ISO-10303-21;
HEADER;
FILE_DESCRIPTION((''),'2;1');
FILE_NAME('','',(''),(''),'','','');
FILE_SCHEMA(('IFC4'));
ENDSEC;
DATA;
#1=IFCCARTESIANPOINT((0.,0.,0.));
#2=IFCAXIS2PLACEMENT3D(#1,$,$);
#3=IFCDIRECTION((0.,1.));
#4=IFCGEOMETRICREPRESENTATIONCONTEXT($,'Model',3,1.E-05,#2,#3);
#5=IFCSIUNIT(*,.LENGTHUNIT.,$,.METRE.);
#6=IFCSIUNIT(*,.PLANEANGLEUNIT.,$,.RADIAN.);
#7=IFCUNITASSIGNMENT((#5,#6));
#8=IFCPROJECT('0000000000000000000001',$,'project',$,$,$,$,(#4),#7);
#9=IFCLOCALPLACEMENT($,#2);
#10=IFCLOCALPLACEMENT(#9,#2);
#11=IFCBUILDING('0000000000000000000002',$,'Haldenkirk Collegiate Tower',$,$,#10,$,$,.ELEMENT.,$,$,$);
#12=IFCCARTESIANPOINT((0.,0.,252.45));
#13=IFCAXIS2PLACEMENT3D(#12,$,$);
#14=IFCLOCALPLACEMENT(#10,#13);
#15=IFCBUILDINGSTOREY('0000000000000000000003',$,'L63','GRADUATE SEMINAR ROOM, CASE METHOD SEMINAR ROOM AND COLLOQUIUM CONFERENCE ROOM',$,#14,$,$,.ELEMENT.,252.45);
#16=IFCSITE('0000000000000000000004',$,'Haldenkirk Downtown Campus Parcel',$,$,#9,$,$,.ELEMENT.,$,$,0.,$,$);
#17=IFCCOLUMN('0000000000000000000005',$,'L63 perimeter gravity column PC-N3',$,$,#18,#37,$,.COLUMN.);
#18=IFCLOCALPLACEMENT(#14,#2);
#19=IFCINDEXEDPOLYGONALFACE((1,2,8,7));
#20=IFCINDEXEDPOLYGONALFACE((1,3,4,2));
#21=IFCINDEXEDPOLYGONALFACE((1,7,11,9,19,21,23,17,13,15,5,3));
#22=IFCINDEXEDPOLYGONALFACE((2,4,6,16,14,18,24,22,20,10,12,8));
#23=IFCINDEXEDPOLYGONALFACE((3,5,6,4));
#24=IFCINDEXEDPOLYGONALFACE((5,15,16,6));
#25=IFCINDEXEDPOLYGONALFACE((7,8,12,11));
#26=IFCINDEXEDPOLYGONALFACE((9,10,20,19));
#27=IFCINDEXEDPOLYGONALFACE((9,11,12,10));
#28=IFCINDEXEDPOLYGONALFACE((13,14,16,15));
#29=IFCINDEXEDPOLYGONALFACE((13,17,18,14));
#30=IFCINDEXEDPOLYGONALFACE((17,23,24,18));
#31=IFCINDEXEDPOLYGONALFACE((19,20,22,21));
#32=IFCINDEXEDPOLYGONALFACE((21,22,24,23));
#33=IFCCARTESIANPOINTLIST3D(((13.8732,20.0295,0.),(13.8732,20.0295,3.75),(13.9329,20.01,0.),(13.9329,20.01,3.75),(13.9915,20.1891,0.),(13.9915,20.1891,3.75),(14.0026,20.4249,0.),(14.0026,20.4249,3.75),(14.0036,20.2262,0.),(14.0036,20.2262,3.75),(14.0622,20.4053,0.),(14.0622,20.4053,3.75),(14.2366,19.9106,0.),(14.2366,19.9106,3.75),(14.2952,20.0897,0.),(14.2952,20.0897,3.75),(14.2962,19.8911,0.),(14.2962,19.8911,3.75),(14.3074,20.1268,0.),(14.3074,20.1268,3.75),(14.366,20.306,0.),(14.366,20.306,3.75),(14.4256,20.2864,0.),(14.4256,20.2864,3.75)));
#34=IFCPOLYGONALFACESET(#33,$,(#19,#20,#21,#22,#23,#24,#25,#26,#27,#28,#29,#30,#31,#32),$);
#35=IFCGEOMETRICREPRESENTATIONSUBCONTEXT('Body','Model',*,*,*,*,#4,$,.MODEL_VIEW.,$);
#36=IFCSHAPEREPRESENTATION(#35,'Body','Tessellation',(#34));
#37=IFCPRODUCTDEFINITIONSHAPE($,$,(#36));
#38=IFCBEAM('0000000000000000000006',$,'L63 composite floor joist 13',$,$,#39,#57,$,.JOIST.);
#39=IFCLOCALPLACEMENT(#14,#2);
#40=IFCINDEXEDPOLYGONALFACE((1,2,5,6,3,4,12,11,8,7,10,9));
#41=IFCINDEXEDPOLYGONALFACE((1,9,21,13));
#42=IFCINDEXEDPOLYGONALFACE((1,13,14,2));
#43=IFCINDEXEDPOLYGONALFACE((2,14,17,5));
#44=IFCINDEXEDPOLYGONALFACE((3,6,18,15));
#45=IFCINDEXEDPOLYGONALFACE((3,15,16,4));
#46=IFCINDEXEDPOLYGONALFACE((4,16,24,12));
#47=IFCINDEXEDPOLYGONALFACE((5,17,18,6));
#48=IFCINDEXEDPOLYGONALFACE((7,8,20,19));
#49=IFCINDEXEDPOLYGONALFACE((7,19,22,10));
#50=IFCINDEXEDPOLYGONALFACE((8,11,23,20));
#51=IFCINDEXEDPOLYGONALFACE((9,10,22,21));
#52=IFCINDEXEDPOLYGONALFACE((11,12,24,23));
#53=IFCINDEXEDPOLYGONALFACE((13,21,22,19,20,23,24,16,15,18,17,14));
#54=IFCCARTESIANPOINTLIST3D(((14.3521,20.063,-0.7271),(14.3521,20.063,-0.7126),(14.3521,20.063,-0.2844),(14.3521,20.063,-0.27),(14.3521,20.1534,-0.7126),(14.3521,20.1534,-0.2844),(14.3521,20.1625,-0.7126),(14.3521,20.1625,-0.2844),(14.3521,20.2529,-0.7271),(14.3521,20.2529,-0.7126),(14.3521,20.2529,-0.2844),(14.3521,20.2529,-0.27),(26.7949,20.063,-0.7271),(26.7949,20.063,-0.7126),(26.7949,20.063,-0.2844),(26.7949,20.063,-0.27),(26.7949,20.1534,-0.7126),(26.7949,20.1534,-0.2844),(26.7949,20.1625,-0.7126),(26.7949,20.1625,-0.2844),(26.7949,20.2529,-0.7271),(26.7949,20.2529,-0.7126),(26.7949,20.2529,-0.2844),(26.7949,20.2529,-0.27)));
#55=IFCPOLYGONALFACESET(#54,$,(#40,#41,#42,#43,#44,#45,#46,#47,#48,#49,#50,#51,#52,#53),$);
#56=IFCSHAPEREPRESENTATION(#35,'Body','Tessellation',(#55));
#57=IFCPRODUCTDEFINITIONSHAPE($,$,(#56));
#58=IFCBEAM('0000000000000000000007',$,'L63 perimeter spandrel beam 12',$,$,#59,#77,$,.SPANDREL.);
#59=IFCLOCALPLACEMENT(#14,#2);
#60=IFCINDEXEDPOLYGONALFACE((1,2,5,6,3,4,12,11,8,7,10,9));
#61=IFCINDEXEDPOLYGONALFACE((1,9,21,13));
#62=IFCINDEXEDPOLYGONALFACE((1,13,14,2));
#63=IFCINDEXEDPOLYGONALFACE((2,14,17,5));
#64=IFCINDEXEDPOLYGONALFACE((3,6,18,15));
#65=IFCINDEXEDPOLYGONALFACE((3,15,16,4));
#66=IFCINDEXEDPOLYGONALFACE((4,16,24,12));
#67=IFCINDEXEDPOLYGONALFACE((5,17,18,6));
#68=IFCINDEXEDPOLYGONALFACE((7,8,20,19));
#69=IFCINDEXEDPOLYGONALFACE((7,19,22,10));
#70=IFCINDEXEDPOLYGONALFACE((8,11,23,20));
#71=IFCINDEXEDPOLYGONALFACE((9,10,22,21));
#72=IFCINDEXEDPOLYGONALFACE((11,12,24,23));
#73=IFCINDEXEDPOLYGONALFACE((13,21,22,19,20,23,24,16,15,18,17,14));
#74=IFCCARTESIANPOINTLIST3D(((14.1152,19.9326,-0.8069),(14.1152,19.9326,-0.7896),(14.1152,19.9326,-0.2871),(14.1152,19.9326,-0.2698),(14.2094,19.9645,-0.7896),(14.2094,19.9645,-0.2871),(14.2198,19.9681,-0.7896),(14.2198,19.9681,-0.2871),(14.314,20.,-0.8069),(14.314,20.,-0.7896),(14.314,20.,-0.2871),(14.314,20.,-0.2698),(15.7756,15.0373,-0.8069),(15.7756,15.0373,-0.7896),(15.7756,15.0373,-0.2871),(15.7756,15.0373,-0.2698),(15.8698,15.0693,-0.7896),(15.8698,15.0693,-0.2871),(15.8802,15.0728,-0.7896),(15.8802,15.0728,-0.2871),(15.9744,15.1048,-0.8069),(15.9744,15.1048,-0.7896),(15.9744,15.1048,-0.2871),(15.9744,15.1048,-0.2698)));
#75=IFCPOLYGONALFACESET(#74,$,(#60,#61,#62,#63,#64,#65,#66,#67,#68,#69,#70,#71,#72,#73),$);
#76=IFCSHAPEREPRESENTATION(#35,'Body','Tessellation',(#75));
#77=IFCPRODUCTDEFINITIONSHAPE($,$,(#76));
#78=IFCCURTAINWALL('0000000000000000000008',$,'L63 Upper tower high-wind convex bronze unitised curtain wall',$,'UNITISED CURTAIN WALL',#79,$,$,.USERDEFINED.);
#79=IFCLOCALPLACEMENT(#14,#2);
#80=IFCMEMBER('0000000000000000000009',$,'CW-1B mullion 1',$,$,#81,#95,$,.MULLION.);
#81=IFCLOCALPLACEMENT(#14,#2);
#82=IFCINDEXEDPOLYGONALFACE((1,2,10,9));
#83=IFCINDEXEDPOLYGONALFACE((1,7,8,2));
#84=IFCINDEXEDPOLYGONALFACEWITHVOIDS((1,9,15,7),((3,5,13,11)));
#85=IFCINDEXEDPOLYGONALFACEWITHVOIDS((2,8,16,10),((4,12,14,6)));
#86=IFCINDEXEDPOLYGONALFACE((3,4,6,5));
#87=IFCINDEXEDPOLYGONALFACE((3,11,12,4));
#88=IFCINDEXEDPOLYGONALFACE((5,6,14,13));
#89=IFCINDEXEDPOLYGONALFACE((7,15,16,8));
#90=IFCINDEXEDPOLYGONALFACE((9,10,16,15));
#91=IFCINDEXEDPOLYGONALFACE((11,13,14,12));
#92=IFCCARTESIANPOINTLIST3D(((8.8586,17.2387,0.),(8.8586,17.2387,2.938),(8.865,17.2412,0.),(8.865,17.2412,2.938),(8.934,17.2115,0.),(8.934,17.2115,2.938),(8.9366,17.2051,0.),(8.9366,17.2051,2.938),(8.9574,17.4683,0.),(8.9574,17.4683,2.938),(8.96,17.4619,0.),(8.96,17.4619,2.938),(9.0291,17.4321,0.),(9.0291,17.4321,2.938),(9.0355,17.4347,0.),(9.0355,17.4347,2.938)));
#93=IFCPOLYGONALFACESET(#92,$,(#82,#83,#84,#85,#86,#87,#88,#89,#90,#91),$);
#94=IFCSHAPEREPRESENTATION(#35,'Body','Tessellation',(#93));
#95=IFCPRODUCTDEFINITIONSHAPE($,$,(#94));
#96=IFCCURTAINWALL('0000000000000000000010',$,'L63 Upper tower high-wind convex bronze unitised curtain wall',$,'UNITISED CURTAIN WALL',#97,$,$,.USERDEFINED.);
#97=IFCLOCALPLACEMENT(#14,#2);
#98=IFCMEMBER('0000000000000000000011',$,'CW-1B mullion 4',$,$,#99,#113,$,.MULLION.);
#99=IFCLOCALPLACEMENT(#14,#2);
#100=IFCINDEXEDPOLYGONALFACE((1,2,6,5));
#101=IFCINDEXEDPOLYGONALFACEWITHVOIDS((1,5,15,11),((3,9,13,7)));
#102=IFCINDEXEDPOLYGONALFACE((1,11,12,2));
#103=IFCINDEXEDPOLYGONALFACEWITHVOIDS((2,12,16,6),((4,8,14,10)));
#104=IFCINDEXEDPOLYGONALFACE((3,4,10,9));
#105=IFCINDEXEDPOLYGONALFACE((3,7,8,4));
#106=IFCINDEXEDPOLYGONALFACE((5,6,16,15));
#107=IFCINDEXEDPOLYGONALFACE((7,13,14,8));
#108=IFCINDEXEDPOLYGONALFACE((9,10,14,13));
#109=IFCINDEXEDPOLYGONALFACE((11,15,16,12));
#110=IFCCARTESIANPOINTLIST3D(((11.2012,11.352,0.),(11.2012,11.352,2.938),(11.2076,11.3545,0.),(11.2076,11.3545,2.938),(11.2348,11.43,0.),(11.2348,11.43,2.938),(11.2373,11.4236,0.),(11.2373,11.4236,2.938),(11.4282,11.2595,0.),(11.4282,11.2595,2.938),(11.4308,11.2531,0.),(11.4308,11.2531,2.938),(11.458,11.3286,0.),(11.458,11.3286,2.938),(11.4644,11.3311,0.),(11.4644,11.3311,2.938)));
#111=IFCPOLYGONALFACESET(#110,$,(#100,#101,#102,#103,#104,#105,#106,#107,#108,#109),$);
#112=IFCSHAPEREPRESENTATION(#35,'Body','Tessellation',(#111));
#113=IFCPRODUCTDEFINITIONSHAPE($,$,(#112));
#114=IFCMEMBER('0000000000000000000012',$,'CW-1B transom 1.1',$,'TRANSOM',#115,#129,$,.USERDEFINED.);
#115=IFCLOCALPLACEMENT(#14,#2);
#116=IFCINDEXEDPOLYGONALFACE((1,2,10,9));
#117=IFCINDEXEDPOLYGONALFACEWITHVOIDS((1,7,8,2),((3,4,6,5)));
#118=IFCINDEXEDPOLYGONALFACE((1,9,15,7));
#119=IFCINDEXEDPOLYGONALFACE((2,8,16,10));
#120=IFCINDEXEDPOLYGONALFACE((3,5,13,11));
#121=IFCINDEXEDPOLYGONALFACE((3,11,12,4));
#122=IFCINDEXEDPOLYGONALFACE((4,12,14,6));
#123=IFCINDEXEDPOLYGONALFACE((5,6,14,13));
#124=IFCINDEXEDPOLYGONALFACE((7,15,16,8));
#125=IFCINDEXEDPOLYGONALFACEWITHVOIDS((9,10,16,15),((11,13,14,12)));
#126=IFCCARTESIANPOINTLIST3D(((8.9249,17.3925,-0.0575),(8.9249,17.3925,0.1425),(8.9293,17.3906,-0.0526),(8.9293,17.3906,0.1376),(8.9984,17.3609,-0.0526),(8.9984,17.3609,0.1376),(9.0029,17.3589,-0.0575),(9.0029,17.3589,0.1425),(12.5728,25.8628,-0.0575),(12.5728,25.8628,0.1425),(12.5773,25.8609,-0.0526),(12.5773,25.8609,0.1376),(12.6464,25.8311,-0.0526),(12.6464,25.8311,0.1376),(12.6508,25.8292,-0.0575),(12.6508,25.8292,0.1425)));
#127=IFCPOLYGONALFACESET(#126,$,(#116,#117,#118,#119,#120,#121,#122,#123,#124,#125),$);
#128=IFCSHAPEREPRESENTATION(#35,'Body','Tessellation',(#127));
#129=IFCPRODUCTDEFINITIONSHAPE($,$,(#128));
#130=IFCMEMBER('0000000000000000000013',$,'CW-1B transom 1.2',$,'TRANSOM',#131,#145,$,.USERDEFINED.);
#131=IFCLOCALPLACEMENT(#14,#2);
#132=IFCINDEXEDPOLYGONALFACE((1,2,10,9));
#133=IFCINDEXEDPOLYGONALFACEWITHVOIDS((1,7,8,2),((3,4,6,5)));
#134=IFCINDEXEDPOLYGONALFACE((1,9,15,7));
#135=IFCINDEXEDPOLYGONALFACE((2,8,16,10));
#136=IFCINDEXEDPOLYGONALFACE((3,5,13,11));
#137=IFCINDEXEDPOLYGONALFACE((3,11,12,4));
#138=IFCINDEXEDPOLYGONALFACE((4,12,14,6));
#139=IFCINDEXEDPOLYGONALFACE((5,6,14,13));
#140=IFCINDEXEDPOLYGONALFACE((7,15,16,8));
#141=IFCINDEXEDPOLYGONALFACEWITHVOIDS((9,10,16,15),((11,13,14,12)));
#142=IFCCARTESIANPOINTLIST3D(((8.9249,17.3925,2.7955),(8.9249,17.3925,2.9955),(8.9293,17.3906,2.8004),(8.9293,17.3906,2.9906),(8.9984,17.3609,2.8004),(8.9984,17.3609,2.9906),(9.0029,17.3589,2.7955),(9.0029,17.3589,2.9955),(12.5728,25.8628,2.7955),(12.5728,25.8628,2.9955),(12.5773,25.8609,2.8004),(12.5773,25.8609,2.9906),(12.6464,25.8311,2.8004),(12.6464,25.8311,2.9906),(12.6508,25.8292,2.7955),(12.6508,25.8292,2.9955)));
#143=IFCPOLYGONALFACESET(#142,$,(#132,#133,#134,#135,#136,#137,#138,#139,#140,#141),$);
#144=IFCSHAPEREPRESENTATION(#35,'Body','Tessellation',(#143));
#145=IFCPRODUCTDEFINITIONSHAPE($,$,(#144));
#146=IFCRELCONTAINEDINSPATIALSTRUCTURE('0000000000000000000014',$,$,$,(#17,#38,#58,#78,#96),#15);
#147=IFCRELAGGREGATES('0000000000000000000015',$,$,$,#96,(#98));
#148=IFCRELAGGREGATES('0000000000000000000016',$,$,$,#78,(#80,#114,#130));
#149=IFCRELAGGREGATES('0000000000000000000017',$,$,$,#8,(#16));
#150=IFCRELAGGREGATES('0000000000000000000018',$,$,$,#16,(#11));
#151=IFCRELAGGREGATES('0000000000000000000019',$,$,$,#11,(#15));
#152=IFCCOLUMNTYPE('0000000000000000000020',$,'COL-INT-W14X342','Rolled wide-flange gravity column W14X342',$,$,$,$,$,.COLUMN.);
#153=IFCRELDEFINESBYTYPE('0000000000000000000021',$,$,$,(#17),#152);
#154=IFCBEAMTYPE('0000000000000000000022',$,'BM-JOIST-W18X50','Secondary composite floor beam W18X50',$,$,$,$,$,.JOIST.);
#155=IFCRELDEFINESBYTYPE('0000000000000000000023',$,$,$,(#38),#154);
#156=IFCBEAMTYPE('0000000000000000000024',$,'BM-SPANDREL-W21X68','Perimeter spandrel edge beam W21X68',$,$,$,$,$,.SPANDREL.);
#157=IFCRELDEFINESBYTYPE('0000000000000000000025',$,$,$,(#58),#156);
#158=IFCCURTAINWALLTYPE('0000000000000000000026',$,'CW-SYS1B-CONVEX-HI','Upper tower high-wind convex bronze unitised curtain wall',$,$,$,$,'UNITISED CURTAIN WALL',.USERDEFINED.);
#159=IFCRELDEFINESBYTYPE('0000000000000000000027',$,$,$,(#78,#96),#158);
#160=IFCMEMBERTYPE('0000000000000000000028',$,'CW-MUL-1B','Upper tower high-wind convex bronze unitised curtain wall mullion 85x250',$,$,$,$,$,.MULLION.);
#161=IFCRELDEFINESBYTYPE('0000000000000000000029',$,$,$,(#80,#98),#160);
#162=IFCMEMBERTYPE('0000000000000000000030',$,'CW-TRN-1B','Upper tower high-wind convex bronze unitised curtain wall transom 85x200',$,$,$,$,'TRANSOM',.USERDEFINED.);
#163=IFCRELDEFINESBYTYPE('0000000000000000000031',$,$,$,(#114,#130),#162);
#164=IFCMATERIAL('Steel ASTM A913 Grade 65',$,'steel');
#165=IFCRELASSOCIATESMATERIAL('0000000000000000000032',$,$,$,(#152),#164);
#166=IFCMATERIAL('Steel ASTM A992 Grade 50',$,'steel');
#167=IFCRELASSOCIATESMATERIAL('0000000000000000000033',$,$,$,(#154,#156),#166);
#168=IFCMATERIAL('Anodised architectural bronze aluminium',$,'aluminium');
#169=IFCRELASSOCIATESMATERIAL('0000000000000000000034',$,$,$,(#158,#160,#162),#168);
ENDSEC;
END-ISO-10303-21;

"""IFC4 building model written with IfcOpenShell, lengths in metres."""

from ifc_helpers import new_model, si_unit, direction, frame, origin, origin_2d, place, context, subcontext, project, spatial, hollow_rectangle, i_section, extrude, material, material_profile, profile_set, type_object, element, aggregate, save


model = new_model("IFC4")

# Units and contexts
model_context = context("Model", 3, precision=1e-05, world=origin(), true_north=direction((0.0, 1.0)))
body_context = subcontext(model_context, "Body", "Model", "MODEL_VIEW")
ifc_project = project(units=[si_unit("LENGTHUNIT", "METRE"), si_unit("PLANEANGLEUNIT", "RADIAN")], contexts=[model_context])

# Site, building, storey
site_placement = place(None, origin())
site = spatial("IfcSite", under=ifc_project, at=site_placement, Name="Haldenkirk Downtown Campus Parcel", CompositionType="ELEMENT", RefElevation=0.0)
building_placement = place(site_placement, origin())
building = spatial("IfcBuilding", under=site, at=building_placement, Name="Haldenkirk Collegiate Tower", CompositionType="ELEMENT")
storey_placement = place(building_placement, frame((0.0, 0.0, 252.45)))
storey = spatial("IfcBuildingStorey", under=building, at=storey_placement, Name="L63", Description="GRADUATE SEMINAR ROOM, CASE METHOD SEMINAR ROOM AND COLLOQUIUM CONFERENCE ROOM", CompositionType="ELEMENT", Elevation=252.45)

# Column
ifc_material_1 = material(Name="Steel ASTM A913 Grade 65", Category="steel")
ifc_material_profile_1 = material_profile(ifc_material_1, i_section(OverallWidth=0.416, OverallDepth=0.4451, WebThickness=0.0391, FlangeThickness=0.0627, at=origin_2d()), Name="W14X342")
ifc_profile_set_1 = profile_set([ifc_material_profile_1], Name="Steel ASTM A913 Grade 65")
column_type = type_object("IfcColumnType", Name="COL-INT-W14X342", Description="Rolled wide-flange gravity column W14X342", PredefinedType="COLUMN", material=ifc_profile_set_1)
column_placement = place(storey_placement, frame((14.1494, 20.158, 0.0), z_axis=(0.0, 0.0, 1.0), x_axis=(0.311008, 0.950407, 0.0)))
element("IfcColumn", 1, at=column_placement, inside=storey, type_object=column_type, Name="L63 perimeter gravity column PC-N3", PredefinedType="COLUMN", context=body_context, shape_type="SweptSolid", body=[
    extrude(i_section(OverallWidth=0.416, OverallDepth=0.4451, WebThickness=0.0391, FlangeThickness=0.0627, at=origin_2d()), origin(), (0.0, 0.0, 1.0), 3.75),
])

# Beams
ifc_material_2 = material(Name="Steel ASTM A992 Grade 50", Category="steel")
ifc_material_profile_2 = material_profile(ifc_material_2, i_section(OverallWidth=0.1899, OverallDepth=0.457, WebThickness=0.009, FlangeThickness=0.0144, at=origin_2d()), Name="W18X50")
ifc_profile_set_2 = profile_set([ifc_material_profile_2], Name="Steel ASTM A992 Grade 50")
beam_type_1 = type_object("IfcBeamType", Name="BM-JOIST-W18X50", Description="Secondary composite floor beam W18X50", PredefinedType="JOIST", material=ifc_profile_set_2)
beam_1_placement = place(storey_placement, frame((14.3521, 20.158, -0.4985), z_axis=(1.0, 0.0, 0.0), x_axis=(0.0, 1.0, 0.0)))
element("IfcBeam", 2, at=beam_1_placement, inside=storey, type_object=beam_type_1, Name="L63 composite floor joist 13", PredefinedType="JOIST", context=body_context, shape_type="SweptSolid", body=[
    extrude(i_section(OverallWidth=0.1899, OverallDepth=0.457, WebThickness=0.009, FlangeThickness=0.0144, at=origin_2d()), origin(), (0.0, 0.0, 1.0), 12.4429),
])
ifc_material_profile_3 = material_profile(ifc_material_2, i_section(OverallWidth=0.21, OverallDepth=0.5371, WebThickness=0.011, FlangeThickness=0.0173, at=origin_2d()), Name="W21X68")
ifc_profile_set_3 = profile_set([ifc_material_profile_3], Name="Steel ASTM A992 Grade 50")
beam_type_2 = type_object("IfcBeamType", Name="BM-SPANDREL-W21X68", Description="Perimeter spandrel edge beam W21X68", PredefinedType="SPANDREL", material=ifc_profile_set_3)
beam_2_placement = place(storey_placement, frame((14.2146, 19.9663, -0.5383), z_axis=(0.321211, -0.947008, 0.0), x_axis=(0.947008, 0.321211, 0.0)))
element("IfcBeam", 3, at=beam_2_placement, inside=storey, type_object=beam_type_2, Name="L63 perimeter spandrel beam 12", PredefinedType="SPANDREL", context=body_context, shape_type="SweptSolid", body=[
    extrude(i_section(OverallWidth=0.21, OverallDepth=0.5371, WebThickness=0.011, FlangeThickness=0.0173, at=origin_2d()), origin(), (0.0, 0.0, 1.0), 5.1692),
])

# Curtain walls, members
ifc_material_3 = material(Name="Anodised architectural bronze aluminium", Category="aluminium")
curtain_wall_type = type_object("IfcCurtainWallType", Name="CW-SYS1B-CONVEX-HI", Description="Upper tower high-wind convex bronze unitised curtain wall", ElementType="UNITISED CURTAIN WALL", PredefinedType="USERDEFINED", material=ifc_material_3)
curtain_wall_1_placement = place(storey_placement, origin())
curtain_wall_1 = element("IfcCurtainWall", 4, at=curtain_wall_1_placement, inside=storey, type_object=curtain_wall_type, Name="L63 Upper tower high-wind convex bronze unitised curtain wall", ObjectType="UNITISED CURTAIN WALL", PredefinedType="USERDEFINED")
ifc_material_profile_4 = material_profile(ifc_material_3, hollow_rectangle(XDim=0.085, YDim=0.25, WallThickness=0.0049, at=origin_2d()), Name="CW-MUL-1B")
ifc_profile_set_4 = profile_set([ifc_material_profile_4], Name="Anodised architectural bronze aluminium")
member_type_1 = type_object("IfcMemberType", Name="CW-MUL-1B", Description="Upper tower high-wind convex bronze unitised curtain wall mullion 85x250", PredefinedType="MULLION", material=ifc_profile_set_4)
member_1_placement = place(storey_placement, frame((8.947, 17.3367, 0.0), z_axis=(0.0, 0.0, 1.0), x_axis=(-0.918446, 0.395545, 0.0)))
member_1 = element("IfcMember", 5, at=member_1_placement, type_object=member_type_1, Name="CW-1B mullion 1", PredefinedType="MULLION", context=body_context, shape_type="SweptSolid", body=[
    extrude(hollow_rectangle(XDim=0.085, YDim=0.25, WallThickness=0.0049, at=origin_2d()), origin(), (0.0, 0.0, 1.0), 2.938),
])
curtain_wall_2_placement = place(storey_placement, origin())
curtain_wall_2 = element("IfcCurtainWall", 6, at=curtain_wall_2_placement, inside=storey, type_object=curtain_wall_type, Name="L63 Upper tower high-wind convex bronze unitised curtain wall", ObjectType="UNITISED CURTAIN WALL", PredefinedType="USERDEFINED")
member_2_placement = place(storey_placement, frame((11.3328, 11.3416, 0.0), z_axis=(0.0, 0.0, 1.0), x_axis=(-0.395546, -0.918446, 0.0)))
member_2 = element("IfcMember", 7, at=member_2_placement, type_object=member_type_1, Name="CW-1B mullion 4", PredefinedType="MULLION", context=body_context, shape_type="SweptSolid", body=[
    extrude(hollow_rectangle(XDim=0.085, YDim=0.25, WallThickness=0.0049, at=origin_2d()), origin(), (0.0, 0.0, 1.0), 2.938),
])
aggregate(curtain_wall_2, [member_2])

# Members
ifc_material_profile_5 = material_profile(ifc_material_3, hollow_rectangle(XDim=0.085, YDim=0.2, WallThickness=0.0049, at=origin_2d()), Name="CW-TRN-1B")
ifc_profile_set_5 = profile_set([ifc_material_profile_5], Name="Anodised architectural bronze aluminium")
member_type_2 = type_object("IfcMemberType", Name="CW-TRN-1B", Description="Upper tower high-wind convex bronze unitised curtain wall transom 85x200", ElementType="TRANSOM", PredefinedType="USERDEFINED", material=ifc_profile_set_5)
member_3_placement = place(storey_placement, frame((8.9639, 17.3757, 0.0425), z_axis=(0.395555, 0.918443, 0.0), x_axis=(-0.918443, 0.395555, 0.0)))
member_3 = element("IfcMember", 8, at=member_3_placement, type_object=member_type_2, Name="CW-1B transom 1.1", ObjectType="TRANSOM", PredefinedType="USERDEFINED", context=body_context, shape_type="SweptSolid", body=[
    extrude(hollow_rectangle(XDim=0.085, YDim=0.2, WallThickness=0.0049, at=origin_2d()), origin(), (0.0, 0.0, 1.0), 9.2224),
])
member_4_placement = place(storey_placement, frame((8.9639, 17.3757, 2.8955), z_axis=(0.395555, 0.918443, 0.0), x_axis=(-0.918443, 0.395555, 0.0)))
member_4 = element("IfcMember", 9, at=member_4_placement, type_object=member_type_2, Name="CW-1B transom 1.2", ObjectType="TRANSOM", PredefinedType="USERDEFINED", context=body_context, shape_type="SweptSolid", body=[
    extrude(hollow_rectangle(XDim=0.085, YDim=0.2, WallThickness=0.0049, at=origin_2d()), origin(), (0.0, 0.0, 1.0), 9.2224),
])
aggregate(curtain_wall_1, [member_1, member_3, member_4])

save(model, "model.ifc")
